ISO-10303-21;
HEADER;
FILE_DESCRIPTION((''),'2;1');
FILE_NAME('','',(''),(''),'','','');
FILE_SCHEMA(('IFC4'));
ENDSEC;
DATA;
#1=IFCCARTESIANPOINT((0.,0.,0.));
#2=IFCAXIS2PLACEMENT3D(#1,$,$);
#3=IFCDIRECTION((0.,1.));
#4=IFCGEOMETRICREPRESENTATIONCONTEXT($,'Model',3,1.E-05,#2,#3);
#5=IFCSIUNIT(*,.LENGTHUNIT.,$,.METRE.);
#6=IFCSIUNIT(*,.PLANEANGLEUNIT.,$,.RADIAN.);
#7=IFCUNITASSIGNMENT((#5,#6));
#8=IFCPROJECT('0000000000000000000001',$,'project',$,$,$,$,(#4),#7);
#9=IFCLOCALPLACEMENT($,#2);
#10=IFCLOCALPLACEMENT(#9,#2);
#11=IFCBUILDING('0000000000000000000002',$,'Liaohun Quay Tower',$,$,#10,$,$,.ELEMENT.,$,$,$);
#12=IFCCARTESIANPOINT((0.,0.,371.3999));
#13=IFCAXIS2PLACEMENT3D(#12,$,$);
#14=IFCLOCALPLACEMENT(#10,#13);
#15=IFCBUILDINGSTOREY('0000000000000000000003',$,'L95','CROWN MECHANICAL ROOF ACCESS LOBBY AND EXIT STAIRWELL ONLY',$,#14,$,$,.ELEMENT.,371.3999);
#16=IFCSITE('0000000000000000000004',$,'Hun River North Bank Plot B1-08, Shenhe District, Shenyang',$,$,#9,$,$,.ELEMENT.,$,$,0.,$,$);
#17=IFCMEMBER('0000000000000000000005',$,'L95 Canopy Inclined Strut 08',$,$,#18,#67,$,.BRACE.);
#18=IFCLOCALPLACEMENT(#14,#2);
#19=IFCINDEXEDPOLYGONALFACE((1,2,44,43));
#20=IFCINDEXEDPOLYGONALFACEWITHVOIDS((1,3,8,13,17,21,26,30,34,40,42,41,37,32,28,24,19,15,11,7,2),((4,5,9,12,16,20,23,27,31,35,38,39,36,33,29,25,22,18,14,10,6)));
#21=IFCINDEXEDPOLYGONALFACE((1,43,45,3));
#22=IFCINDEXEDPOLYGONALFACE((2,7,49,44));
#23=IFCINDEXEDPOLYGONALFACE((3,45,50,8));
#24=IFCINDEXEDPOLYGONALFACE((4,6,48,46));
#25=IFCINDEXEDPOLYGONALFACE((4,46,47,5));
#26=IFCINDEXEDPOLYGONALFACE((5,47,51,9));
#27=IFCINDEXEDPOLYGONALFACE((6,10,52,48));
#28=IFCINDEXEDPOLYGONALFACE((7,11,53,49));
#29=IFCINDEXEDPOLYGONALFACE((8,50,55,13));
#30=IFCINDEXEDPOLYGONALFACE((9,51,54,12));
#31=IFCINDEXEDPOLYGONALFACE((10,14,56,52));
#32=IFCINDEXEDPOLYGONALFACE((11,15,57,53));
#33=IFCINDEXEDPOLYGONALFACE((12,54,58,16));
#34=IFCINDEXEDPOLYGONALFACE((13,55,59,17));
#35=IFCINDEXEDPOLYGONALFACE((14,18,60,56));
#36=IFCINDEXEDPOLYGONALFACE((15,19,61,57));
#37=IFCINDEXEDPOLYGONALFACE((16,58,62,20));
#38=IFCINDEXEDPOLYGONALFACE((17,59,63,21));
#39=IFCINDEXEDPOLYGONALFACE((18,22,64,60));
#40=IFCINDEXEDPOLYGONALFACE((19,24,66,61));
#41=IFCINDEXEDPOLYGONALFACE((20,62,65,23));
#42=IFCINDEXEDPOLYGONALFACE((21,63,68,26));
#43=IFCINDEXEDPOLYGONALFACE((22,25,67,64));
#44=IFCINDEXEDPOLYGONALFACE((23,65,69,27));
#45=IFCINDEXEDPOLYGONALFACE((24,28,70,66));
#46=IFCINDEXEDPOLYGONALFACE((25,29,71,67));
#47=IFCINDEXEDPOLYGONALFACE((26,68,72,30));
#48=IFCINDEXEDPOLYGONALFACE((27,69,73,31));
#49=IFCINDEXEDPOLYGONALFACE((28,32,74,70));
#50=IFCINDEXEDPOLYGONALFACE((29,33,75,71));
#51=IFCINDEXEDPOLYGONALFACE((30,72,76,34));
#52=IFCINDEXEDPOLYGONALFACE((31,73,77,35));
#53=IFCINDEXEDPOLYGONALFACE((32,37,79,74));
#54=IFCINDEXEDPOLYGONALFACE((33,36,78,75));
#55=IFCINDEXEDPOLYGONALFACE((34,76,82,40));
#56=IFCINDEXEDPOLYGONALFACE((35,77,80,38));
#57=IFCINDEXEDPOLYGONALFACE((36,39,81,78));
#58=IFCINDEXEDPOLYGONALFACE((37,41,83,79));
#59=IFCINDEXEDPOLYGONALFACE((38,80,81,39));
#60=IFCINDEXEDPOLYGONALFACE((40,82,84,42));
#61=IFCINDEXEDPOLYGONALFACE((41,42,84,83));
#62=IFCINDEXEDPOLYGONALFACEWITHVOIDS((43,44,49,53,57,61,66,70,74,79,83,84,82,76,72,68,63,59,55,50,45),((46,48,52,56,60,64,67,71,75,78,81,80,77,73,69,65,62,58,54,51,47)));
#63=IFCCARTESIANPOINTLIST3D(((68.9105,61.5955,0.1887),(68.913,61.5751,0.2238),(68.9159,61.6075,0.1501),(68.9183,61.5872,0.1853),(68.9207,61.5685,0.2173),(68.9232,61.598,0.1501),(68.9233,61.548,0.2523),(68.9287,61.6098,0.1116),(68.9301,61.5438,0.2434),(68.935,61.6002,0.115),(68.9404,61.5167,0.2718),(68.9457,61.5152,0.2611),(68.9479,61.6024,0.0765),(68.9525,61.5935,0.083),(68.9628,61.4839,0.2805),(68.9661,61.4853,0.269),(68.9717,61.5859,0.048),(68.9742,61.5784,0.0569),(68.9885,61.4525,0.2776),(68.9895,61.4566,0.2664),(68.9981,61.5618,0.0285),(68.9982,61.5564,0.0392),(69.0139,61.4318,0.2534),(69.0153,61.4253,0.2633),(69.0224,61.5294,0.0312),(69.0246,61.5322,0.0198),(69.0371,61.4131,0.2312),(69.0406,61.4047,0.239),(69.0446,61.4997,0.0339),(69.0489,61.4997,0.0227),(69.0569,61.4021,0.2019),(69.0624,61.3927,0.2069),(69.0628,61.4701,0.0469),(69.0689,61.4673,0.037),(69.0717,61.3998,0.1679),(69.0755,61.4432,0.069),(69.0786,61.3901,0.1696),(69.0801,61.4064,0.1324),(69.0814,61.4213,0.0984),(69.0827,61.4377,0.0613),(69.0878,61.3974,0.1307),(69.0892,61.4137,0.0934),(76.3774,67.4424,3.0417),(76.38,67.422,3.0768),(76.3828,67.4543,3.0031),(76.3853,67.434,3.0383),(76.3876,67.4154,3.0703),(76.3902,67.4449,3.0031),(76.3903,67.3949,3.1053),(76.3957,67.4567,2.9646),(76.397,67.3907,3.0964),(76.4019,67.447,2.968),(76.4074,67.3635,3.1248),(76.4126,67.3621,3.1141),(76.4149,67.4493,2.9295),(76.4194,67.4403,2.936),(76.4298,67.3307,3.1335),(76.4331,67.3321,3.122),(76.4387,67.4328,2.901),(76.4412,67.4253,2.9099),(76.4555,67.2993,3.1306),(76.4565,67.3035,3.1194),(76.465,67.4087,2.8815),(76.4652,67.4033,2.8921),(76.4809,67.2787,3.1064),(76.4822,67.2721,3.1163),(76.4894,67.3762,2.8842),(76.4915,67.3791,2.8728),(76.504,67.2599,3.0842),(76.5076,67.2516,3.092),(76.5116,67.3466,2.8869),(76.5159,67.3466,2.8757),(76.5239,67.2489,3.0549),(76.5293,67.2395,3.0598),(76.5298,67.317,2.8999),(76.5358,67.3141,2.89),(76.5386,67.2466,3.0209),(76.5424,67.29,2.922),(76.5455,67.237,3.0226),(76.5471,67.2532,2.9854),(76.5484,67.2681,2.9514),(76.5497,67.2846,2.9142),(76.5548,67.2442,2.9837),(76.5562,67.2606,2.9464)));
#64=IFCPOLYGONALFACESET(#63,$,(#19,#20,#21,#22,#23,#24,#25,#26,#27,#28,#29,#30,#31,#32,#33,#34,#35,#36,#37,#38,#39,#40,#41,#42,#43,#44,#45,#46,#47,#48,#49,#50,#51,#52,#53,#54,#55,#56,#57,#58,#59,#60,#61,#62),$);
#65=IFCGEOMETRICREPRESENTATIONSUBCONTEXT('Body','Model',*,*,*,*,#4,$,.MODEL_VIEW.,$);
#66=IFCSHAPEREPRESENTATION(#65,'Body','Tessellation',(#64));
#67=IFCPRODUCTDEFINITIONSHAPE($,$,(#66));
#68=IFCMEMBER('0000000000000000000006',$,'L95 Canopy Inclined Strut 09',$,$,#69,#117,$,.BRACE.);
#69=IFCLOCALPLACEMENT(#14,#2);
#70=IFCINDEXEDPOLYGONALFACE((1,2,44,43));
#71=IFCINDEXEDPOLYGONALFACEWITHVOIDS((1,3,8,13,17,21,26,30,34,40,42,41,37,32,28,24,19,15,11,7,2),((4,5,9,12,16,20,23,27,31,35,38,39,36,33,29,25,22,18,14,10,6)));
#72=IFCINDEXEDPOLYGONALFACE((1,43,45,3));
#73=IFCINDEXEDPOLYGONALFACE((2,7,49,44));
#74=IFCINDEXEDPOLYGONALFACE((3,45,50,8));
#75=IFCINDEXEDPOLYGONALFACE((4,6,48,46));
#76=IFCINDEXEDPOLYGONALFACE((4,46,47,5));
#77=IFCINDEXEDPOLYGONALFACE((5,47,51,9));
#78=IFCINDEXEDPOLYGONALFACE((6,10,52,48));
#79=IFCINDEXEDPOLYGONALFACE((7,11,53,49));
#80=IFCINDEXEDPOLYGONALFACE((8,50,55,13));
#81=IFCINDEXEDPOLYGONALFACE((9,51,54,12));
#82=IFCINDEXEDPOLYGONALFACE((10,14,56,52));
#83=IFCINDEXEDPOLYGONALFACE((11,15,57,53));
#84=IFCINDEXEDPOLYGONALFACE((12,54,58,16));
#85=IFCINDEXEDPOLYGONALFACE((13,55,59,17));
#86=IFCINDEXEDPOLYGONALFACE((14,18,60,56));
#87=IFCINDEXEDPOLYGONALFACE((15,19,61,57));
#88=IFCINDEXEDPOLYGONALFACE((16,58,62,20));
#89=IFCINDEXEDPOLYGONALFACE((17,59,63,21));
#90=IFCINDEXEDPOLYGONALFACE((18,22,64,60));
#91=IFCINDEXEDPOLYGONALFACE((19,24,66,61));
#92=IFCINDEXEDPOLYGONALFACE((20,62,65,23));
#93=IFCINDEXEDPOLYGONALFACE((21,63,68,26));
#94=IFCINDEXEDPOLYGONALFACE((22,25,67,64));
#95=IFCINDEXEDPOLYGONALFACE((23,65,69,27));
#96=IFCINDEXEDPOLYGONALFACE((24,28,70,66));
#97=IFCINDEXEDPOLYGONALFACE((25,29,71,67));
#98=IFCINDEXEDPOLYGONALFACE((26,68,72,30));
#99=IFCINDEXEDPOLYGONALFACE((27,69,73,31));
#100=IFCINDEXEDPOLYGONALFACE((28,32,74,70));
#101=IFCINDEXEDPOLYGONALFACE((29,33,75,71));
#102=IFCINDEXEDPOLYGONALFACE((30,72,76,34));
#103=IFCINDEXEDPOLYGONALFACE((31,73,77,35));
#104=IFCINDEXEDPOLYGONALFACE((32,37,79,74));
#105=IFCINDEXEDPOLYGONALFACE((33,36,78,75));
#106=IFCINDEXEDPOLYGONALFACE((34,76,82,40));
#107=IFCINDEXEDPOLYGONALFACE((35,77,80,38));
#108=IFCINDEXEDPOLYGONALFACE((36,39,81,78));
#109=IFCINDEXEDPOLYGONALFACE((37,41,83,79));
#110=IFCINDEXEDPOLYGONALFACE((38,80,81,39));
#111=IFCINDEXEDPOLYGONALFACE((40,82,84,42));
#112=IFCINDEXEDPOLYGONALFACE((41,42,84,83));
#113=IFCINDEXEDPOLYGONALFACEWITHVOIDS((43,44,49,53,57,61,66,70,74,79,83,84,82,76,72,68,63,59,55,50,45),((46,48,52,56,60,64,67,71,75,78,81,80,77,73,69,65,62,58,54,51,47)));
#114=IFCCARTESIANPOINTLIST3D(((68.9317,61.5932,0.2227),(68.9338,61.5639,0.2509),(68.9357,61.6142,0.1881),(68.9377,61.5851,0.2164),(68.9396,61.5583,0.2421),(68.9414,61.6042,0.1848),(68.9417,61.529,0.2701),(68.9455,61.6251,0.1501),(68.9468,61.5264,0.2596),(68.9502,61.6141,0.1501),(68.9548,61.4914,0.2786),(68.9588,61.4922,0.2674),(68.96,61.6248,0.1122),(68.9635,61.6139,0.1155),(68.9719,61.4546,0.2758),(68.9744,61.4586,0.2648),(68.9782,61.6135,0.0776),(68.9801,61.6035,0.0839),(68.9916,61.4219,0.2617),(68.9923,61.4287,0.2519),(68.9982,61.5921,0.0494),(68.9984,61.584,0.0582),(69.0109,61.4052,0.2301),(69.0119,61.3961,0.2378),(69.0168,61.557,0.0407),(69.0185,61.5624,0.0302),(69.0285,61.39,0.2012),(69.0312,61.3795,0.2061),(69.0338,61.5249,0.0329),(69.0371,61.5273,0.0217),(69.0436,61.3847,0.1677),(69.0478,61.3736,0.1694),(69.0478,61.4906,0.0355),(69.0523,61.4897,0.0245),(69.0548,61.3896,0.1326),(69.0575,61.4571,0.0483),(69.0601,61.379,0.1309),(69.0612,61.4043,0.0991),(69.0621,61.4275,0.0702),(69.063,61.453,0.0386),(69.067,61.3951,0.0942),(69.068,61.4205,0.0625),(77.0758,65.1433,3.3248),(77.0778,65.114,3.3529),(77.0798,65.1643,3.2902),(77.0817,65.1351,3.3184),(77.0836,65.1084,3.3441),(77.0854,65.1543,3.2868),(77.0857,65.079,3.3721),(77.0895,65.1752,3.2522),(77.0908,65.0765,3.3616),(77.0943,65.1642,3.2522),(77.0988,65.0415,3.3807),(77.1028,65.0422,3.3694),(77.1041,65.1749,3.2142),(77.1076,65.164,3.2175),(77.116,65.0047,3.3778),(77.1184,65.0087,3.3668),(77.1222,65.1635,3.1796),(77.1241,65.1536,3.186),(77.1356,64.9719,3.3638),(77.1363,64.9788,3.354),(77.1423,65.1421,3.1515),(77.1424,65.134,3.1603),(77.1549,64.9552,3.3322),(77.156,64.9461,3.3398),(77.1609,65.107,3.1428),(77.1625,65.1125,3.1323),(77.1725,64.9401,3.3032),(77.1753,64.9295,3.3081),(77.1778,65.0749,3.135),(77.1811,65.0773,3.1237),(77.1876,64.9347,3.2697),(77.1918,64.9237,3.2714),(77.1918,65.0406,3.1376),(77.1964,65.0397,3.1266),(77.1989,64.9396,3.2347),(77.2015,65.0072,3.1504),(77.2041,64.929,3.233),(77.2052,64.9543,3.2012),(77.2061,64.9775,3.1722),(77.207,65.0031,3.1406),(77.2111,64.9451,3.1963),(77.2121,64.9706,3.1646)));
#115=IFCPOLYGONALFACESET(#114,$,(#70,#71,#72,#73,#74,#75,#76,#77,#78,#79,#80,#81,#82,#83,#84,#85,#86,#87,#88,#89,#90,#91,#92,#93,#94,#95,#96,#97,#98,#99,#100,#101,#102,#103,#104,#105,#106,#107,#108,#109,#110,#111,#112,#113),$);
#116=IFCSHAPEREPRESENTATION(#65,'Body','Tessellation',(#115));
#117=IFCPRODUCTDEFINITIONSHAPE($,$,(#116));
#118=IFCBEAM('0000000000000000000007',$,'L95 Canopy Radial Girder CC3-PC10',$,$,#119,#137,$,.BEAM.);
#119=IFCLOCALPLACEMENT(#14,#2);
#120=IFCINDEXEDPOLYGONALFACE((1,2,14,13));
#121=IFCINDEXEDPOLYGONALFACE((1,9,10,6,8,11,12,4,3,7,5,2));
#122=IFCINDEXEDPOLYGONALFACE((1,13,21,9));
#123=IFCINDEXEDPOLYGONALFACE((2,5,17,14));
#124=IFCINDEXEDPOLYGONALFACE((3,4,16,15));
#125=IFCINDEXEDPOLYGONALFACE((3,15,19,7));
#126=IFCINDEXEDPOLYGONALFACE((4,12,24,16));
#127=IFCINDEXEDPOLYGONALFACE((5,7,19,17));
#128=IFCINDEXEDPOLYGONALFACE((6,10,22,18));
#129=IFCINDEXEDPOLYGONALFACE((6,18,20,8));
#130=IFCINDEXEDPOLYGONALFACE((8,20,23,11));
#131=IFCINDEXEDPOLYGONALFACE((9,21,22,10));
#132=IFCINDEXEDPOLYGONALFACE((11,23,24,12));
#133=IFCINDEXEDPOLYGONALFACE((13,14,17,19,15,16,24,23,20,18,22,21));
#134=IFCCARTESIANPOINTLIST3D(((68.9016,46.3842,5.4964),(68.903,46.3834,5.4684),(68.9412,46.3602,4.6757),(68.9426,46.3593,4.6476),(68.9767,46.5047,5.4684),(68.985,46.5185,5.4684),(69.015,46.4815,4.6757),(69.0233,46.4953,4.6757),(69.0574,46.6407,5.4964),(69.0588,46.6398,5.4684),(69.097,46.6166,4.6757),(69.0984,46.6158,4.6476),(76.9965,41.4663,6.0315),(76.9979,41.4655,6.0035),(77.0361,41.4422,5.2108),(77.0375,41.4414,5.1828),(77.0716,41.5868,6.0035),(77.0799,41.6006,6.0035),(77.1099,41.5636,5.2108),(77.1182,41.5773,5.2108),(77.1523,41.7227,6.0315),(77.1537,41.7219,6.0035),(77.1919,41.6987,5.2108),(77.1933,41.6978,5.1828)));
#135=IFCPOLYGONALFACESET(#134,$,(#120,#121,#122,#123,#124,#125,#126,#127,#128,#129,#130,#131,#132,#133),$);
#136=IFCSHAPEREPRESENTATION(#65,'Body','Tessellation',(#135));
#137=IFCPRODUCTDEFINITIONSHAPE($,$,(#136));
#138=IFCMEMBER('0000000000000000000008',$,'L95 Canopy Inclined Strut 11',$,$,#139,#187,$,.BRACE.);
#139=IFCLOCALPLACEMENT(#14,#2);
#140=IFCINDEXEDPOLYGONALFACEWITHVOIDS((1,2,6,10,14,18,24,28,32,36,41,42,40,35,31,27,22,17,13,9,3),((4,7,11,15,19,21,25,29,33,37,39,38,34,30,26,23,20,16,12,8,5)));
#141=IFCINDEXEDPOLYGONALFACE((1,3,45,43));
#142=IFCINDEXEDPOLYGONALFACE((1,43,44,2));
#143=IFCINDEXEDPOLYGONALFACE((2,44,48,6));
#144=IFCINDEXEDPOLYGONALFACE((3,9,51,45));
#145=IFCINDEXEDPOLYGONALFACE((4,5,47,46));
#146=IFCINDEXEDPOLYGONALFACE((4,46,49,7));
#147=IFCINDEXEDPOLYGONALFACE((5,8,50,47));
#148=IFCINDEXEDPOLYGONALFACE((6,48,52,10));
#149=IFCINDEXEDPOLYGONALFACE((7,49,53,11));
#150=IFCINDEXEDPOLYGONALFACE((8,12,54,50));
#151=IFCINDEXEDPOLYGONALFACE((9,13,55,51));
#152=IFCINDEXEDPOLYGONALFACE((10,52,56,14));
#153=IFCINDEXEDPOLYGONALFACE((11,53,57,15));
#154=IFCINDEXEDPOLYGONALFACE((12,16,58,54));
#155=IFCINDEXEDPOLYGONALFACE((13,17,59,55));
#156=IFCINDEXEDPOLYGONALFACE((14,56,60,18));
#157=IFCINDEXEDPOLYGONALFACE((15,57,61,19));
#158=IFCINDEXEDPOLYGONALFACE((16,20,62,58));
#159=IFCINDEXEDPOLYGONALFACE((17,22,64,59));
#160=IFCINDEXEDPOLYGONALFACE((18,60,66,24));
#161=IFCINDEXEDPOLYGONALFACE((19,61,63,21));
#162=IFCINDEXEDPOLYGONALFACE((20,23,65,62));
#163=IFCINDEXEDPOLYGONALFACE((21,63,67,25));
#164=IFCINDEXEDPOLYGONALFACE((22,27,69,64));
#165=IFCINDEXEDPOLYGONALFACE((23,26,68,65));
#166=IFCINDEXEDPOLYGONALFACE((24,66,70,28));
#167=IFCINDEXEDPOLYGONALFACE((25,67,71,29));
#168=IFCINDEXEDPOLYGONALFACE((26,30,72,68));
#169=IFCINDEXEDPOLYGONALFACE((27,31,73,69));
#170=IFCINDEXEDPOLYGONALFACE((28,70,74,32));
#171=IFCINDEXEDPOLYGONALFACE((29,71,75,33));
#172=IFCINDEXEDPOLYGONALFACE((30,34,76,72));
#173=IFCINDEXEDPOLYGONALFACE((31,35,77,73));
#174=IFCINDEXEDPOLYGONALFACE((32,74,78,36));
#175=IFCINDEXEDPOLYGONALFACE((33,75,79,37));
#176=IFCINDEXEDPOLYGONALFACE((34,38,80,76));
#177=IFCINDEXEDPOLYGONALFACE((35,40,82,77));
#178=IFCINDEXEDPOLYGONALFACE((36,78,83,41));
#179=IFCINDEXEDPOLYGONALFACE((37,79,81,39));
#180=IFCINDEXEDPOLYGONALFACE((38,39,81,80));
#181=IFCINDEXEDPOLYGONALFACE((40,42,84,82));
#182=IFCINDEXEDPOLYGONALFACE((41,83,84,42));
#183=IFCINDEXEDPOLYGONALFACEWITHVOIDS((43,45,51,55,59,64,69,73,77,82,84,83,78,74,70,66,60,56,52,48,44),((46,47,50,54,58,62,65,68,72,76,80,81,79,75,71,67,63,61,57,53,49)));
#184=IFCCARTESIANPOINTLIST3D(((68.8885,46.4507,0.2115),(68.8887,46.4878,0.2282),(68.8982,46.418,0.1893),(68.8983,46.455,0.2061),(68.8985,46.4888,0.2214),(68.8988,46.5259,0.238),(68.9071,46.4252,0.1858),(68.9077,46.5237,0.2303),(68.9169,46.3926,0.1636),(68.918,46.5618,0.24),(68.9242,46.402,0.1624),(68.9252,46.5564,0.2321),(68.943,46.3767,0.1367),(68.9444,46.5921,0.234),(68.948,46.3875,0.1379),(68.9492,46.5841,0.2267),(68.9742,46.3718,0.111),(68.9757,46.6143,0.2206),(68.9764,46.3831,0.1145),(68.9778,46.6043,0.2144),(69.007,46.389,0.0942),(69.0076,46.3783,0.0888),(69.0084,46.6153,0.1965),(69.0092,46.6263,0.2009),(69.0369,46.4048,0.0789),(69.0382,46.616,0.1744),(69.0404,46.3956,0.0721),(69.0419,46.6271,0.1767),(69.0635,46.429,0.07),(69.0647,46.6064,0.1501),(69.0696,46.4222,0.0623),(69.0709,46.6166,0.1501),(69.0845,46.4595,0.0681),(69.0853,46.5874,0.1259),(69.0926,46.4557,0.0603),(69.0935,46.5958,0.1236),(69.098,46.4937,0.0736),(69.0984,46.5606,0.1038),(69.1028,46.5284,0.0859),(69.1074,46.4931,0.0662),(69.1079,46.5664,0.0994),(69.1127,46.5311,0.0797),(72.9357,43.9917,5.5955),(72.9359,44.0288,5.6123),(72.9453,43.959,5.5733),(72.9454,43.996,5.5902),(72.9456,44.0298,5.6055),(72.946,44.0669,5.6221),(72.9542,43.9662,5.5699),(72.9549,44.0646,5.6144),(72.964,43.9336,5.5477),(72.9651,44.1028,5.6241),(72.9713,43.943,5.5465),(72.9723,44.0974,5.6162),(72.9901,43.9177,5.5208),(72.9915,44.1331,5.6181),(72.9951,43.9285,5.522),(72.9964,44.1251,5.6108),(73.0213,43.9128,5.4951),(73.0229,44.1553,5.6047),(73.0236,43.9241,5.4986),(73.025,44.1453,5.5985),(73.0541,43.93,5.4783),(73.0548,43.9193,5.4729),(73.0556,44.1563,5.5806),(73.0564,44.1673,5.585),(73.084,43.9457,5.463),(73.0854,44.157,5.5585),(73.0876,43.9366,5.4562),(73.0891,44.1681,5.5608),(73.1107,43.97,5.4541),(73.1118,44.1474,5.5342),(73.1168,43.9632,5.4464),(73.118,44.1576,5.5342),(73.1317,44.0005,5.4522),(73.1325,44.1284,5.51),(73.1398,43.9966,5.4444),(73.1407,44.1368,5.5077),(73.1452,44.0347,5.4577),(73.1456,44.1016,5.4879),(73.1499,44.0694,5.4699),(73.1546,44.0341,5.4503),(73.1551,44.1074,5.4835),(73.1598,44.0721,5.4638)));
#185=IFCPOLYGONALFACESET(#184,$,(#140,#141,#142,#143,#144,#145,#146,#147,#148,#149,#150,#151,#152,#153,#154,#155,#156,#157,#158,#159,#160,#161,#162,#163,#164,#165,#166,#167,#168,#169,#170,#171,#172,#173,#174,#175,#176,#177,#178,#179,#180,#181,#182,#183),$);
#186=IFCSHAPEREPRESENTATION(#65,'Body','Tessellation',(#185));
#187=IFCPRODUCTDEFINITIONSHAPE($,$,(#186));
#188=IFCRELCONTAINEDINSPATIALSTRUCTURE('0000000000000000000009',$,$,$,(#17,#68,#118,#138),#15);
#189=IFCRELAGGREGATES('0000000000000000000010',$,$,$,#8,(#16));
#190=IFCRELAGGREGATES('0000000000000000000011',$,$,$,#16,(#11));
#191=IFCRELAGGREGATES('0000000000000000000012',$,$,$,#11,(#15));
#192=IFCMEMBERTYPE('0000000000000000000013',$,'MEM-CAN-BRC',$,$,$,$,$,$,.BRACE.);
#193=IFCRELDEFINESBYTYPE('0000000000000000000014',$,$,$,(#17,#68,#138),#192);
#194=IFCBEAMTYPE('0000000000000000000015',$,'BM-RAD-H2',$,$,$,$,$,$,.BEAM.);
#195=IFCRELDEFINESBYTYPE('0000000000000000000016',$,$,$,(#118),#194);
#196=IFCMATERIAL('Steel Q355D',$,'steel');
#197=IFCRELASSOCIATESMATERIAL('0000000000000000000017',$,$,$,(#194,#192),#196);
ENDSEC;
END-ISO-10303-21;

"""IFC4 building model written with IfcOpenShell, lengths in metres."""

from ifc_helpers import new_model, si_unit, direction, frame, origin, origin_2d, place, context, subcontext, project, spatial, hollow_circle, i_section, extrude, source, transform, mapped, material, material_profile, profile_set, type_object, element, save


model = new_model("IFC4")

# Units and contexts
model_context = context("Model", 3, precision=1e-05, world=origin(), true_north=direction((0.0, 1.0)))
body_context = subcontext(model_context, "Body", "Model", "MODEL_VIEW")
ifc_project = project(units=[si_unit("LENGTHUNIT", "METRE"), si_unit("PLANEANGLEUNIT", "RADIAN")], contexts=[model_context])

# Site, building, storey
site_placement = place(None, origin())
site = spatial("IfcSite", under=ifc_project, at=site_placement, Name="Hun River North Bank Plot B1-08, Shenhe District, Shenyang", CompositionType="ELEMENT", RefElevation=0.0)
building_placement = place(site_placement, origin())
building = spatial("IfcBuilding", under=site, at=building_placement, Name="Liaohun Quay Tower", CompositionType="ELEMENT")
storey_placement = place(building_placement, frame((0.0, 0.0, 371.3999)))
storey = spatial("IfcBuildingStorey", under=building, at=storey_placement, Name="L95", Description="CROWN MECHANICAL ROOF ACCESS LOBBY AND EXIT STAIRWELL ONLY", CompositionType="ELEMENT", Elevation=371.3999)

# Shared definitions
ifc_material_1 = material(Name="Steel Q355D", Category="steel")

# Shared definitions
ifc_material_profile_1 = material_profile(ifc_material_1, i_section(OverallWidth=0.3, OverallDepth=0.8501, WebThickness=0.0161, FlangeThickness=0.0281, at=origin_2d()), Name="HN850x300x16x28")
ifc_profile_set_1 = profile_set([ifc_material_profile_1], Name="Steel Q355D")
beam_type_1 = type_object("IfcBeamType", Name="BM-RAD-H2", PredefinedType="BEAM", material=ifc_profile_set_1)

# Shared definitions
ifc_material_profile_2 = material_profile(ifc_material_1, hollow_circle(Radius=0.1365, WallThickness=0.012, at=origin_2d()), Name="CHS273x12")
ifc_profile_set_2 = profile_set([ifc_material_profile_2], Name="Steel Q355D")
member_type_1 = type_object("IfcMemberType", Name="MEM-CAN-BRC", PredefinedType="BRACE", material=ifc_profile_set_2)

# Members
shared_shape_1 = source(origin(), body_context, "Body", "SweptSolid", [
    extrude(hollow_circle(Radius=0.1365, WallThickness=0.012, at=origin_2d()), origin(), (0.0, 0.0, 1.0), 9.9036),
])
member_1_placement = place(storey_placement, frame((69.0, 61.5, 0.1501), z_axis=(0.753966, 0.590379, 0.288077), x_axis=(-0.616514, 0.787344, 0.0)))
element("IfcMember", 1, at=member_1_placement, inside=storey, type_object=member_type_1, Name="L95 Canopy Inclined Strut 08", PredefinedType="BRACE", context=body_context, shape_type="MappedRepresentation", body=[
    mapped(shared_shape_1, transform((0.0, 0.0, 0.0), x_axis=(1.0, 0.0, 0.0), y_axis=(0.0, 1.0, 0.0), z_axis=(0.0, 0.0, 1.0), scale=1.0)),
])
shared_shape_2 = source(origin(), body_context, "Body", "SweptSolid", [
    extrude(hollow_circle(Radius=0.1365, WallThickness=0.012, at=origin_2d()), origin(), (0.0, 0.0, 1.0), 9.4102),
])
member_2_placement = place(storey_placement, frame((69.0, 61.5, 0.1501), z_axis=(0.865453, 0.377257, 0.329649), x_axis=(-0.399593, 0.916693, 0.0)))
element("IfcMember", 2, at=member_2_placement, inside=storey, type_object=member_type_1, Name="L95 Canopy Inclined Strut 09", PredefinedType="BRACE", context=body_context, shape_type="MappedRepresentation", body=[
    mapped(shared_shape_2, transform((0.0, 0.0, 0.0), x_axis=(1.0, 0.0, 0.0), y_axis=(0.0, 1.0, 0.0), z_axis=(0.0, 0.0, 1.0), scale=1.0)),
])

# Beam
shared_shape_3 = source(origin(), body_context, "Body", "SweptSolid", [
    extrude(i_section(OverallWidth=0.3, OverallDepth=0.8501, WebThickness=0.0161, FlangeThickness=0.0281, at=origin_2d()), origin(), (0.0, 0.0, 1.0), 9.4868),
])
beam_1_placement = place(storey_placement, frame((69.0, 46.5, 5.072), z_axis=(0.853278, -0.518396, 0.05641), x_axis=(0.519222, 0.854639, 0.0)))
element("IfcBeam", 3, at=beam_1_placement, inside=storey, type_object=beam_type_1, Name="L95 Canopy Radial Girder CC3-PC10", PredefinedType="BEAM", context=body_context, shape_type="MappedRepresentation", body=[
    mapped(shared_shape_3, transform((0.0, 0.0, 0.0), x_axis=(1.0, 0.0, 0.0), y_axis=(0.0, 1.0, 0.0), z_axis=(0.0, 0.0, 1.0), scale=1.0)),
])

# Member
shared_shape_4 = source(origin(), body_context, "Body", "SweptSolid", [
    extrude(hollow_circle(Radius=0.1365, WallThickness=0.012, at=origin_2d()), origin(), (0.0, 0.0, 1.0), 7.1704),
])
member_3_placement = place(storey_placement, frame((69.0, 46.5, 0.1501), z_axis=(0.564426, -0.342939, 0.750877), x_axis=(0.519257, 0.854618, 0.0)))
element("IfcMember", 4, at=member_3_placement, inside=storey, type_object=member_type_1, Name="L95 Canopy Inclined Strut 11", PredefinedType="BRACE", context=body_context, shape_type="MappedRepresentation", body=[
    mapped(shared_shape_4, transform((0.0, 0.0, 0.0), x_axis=(1.0, 0.0, 0.0), y_axis=(0.0, 1.0, 0.0), z_axis=(0.0, 0.0, 1.0), scale=1.0)),
])

save(model, "model.ifc")
